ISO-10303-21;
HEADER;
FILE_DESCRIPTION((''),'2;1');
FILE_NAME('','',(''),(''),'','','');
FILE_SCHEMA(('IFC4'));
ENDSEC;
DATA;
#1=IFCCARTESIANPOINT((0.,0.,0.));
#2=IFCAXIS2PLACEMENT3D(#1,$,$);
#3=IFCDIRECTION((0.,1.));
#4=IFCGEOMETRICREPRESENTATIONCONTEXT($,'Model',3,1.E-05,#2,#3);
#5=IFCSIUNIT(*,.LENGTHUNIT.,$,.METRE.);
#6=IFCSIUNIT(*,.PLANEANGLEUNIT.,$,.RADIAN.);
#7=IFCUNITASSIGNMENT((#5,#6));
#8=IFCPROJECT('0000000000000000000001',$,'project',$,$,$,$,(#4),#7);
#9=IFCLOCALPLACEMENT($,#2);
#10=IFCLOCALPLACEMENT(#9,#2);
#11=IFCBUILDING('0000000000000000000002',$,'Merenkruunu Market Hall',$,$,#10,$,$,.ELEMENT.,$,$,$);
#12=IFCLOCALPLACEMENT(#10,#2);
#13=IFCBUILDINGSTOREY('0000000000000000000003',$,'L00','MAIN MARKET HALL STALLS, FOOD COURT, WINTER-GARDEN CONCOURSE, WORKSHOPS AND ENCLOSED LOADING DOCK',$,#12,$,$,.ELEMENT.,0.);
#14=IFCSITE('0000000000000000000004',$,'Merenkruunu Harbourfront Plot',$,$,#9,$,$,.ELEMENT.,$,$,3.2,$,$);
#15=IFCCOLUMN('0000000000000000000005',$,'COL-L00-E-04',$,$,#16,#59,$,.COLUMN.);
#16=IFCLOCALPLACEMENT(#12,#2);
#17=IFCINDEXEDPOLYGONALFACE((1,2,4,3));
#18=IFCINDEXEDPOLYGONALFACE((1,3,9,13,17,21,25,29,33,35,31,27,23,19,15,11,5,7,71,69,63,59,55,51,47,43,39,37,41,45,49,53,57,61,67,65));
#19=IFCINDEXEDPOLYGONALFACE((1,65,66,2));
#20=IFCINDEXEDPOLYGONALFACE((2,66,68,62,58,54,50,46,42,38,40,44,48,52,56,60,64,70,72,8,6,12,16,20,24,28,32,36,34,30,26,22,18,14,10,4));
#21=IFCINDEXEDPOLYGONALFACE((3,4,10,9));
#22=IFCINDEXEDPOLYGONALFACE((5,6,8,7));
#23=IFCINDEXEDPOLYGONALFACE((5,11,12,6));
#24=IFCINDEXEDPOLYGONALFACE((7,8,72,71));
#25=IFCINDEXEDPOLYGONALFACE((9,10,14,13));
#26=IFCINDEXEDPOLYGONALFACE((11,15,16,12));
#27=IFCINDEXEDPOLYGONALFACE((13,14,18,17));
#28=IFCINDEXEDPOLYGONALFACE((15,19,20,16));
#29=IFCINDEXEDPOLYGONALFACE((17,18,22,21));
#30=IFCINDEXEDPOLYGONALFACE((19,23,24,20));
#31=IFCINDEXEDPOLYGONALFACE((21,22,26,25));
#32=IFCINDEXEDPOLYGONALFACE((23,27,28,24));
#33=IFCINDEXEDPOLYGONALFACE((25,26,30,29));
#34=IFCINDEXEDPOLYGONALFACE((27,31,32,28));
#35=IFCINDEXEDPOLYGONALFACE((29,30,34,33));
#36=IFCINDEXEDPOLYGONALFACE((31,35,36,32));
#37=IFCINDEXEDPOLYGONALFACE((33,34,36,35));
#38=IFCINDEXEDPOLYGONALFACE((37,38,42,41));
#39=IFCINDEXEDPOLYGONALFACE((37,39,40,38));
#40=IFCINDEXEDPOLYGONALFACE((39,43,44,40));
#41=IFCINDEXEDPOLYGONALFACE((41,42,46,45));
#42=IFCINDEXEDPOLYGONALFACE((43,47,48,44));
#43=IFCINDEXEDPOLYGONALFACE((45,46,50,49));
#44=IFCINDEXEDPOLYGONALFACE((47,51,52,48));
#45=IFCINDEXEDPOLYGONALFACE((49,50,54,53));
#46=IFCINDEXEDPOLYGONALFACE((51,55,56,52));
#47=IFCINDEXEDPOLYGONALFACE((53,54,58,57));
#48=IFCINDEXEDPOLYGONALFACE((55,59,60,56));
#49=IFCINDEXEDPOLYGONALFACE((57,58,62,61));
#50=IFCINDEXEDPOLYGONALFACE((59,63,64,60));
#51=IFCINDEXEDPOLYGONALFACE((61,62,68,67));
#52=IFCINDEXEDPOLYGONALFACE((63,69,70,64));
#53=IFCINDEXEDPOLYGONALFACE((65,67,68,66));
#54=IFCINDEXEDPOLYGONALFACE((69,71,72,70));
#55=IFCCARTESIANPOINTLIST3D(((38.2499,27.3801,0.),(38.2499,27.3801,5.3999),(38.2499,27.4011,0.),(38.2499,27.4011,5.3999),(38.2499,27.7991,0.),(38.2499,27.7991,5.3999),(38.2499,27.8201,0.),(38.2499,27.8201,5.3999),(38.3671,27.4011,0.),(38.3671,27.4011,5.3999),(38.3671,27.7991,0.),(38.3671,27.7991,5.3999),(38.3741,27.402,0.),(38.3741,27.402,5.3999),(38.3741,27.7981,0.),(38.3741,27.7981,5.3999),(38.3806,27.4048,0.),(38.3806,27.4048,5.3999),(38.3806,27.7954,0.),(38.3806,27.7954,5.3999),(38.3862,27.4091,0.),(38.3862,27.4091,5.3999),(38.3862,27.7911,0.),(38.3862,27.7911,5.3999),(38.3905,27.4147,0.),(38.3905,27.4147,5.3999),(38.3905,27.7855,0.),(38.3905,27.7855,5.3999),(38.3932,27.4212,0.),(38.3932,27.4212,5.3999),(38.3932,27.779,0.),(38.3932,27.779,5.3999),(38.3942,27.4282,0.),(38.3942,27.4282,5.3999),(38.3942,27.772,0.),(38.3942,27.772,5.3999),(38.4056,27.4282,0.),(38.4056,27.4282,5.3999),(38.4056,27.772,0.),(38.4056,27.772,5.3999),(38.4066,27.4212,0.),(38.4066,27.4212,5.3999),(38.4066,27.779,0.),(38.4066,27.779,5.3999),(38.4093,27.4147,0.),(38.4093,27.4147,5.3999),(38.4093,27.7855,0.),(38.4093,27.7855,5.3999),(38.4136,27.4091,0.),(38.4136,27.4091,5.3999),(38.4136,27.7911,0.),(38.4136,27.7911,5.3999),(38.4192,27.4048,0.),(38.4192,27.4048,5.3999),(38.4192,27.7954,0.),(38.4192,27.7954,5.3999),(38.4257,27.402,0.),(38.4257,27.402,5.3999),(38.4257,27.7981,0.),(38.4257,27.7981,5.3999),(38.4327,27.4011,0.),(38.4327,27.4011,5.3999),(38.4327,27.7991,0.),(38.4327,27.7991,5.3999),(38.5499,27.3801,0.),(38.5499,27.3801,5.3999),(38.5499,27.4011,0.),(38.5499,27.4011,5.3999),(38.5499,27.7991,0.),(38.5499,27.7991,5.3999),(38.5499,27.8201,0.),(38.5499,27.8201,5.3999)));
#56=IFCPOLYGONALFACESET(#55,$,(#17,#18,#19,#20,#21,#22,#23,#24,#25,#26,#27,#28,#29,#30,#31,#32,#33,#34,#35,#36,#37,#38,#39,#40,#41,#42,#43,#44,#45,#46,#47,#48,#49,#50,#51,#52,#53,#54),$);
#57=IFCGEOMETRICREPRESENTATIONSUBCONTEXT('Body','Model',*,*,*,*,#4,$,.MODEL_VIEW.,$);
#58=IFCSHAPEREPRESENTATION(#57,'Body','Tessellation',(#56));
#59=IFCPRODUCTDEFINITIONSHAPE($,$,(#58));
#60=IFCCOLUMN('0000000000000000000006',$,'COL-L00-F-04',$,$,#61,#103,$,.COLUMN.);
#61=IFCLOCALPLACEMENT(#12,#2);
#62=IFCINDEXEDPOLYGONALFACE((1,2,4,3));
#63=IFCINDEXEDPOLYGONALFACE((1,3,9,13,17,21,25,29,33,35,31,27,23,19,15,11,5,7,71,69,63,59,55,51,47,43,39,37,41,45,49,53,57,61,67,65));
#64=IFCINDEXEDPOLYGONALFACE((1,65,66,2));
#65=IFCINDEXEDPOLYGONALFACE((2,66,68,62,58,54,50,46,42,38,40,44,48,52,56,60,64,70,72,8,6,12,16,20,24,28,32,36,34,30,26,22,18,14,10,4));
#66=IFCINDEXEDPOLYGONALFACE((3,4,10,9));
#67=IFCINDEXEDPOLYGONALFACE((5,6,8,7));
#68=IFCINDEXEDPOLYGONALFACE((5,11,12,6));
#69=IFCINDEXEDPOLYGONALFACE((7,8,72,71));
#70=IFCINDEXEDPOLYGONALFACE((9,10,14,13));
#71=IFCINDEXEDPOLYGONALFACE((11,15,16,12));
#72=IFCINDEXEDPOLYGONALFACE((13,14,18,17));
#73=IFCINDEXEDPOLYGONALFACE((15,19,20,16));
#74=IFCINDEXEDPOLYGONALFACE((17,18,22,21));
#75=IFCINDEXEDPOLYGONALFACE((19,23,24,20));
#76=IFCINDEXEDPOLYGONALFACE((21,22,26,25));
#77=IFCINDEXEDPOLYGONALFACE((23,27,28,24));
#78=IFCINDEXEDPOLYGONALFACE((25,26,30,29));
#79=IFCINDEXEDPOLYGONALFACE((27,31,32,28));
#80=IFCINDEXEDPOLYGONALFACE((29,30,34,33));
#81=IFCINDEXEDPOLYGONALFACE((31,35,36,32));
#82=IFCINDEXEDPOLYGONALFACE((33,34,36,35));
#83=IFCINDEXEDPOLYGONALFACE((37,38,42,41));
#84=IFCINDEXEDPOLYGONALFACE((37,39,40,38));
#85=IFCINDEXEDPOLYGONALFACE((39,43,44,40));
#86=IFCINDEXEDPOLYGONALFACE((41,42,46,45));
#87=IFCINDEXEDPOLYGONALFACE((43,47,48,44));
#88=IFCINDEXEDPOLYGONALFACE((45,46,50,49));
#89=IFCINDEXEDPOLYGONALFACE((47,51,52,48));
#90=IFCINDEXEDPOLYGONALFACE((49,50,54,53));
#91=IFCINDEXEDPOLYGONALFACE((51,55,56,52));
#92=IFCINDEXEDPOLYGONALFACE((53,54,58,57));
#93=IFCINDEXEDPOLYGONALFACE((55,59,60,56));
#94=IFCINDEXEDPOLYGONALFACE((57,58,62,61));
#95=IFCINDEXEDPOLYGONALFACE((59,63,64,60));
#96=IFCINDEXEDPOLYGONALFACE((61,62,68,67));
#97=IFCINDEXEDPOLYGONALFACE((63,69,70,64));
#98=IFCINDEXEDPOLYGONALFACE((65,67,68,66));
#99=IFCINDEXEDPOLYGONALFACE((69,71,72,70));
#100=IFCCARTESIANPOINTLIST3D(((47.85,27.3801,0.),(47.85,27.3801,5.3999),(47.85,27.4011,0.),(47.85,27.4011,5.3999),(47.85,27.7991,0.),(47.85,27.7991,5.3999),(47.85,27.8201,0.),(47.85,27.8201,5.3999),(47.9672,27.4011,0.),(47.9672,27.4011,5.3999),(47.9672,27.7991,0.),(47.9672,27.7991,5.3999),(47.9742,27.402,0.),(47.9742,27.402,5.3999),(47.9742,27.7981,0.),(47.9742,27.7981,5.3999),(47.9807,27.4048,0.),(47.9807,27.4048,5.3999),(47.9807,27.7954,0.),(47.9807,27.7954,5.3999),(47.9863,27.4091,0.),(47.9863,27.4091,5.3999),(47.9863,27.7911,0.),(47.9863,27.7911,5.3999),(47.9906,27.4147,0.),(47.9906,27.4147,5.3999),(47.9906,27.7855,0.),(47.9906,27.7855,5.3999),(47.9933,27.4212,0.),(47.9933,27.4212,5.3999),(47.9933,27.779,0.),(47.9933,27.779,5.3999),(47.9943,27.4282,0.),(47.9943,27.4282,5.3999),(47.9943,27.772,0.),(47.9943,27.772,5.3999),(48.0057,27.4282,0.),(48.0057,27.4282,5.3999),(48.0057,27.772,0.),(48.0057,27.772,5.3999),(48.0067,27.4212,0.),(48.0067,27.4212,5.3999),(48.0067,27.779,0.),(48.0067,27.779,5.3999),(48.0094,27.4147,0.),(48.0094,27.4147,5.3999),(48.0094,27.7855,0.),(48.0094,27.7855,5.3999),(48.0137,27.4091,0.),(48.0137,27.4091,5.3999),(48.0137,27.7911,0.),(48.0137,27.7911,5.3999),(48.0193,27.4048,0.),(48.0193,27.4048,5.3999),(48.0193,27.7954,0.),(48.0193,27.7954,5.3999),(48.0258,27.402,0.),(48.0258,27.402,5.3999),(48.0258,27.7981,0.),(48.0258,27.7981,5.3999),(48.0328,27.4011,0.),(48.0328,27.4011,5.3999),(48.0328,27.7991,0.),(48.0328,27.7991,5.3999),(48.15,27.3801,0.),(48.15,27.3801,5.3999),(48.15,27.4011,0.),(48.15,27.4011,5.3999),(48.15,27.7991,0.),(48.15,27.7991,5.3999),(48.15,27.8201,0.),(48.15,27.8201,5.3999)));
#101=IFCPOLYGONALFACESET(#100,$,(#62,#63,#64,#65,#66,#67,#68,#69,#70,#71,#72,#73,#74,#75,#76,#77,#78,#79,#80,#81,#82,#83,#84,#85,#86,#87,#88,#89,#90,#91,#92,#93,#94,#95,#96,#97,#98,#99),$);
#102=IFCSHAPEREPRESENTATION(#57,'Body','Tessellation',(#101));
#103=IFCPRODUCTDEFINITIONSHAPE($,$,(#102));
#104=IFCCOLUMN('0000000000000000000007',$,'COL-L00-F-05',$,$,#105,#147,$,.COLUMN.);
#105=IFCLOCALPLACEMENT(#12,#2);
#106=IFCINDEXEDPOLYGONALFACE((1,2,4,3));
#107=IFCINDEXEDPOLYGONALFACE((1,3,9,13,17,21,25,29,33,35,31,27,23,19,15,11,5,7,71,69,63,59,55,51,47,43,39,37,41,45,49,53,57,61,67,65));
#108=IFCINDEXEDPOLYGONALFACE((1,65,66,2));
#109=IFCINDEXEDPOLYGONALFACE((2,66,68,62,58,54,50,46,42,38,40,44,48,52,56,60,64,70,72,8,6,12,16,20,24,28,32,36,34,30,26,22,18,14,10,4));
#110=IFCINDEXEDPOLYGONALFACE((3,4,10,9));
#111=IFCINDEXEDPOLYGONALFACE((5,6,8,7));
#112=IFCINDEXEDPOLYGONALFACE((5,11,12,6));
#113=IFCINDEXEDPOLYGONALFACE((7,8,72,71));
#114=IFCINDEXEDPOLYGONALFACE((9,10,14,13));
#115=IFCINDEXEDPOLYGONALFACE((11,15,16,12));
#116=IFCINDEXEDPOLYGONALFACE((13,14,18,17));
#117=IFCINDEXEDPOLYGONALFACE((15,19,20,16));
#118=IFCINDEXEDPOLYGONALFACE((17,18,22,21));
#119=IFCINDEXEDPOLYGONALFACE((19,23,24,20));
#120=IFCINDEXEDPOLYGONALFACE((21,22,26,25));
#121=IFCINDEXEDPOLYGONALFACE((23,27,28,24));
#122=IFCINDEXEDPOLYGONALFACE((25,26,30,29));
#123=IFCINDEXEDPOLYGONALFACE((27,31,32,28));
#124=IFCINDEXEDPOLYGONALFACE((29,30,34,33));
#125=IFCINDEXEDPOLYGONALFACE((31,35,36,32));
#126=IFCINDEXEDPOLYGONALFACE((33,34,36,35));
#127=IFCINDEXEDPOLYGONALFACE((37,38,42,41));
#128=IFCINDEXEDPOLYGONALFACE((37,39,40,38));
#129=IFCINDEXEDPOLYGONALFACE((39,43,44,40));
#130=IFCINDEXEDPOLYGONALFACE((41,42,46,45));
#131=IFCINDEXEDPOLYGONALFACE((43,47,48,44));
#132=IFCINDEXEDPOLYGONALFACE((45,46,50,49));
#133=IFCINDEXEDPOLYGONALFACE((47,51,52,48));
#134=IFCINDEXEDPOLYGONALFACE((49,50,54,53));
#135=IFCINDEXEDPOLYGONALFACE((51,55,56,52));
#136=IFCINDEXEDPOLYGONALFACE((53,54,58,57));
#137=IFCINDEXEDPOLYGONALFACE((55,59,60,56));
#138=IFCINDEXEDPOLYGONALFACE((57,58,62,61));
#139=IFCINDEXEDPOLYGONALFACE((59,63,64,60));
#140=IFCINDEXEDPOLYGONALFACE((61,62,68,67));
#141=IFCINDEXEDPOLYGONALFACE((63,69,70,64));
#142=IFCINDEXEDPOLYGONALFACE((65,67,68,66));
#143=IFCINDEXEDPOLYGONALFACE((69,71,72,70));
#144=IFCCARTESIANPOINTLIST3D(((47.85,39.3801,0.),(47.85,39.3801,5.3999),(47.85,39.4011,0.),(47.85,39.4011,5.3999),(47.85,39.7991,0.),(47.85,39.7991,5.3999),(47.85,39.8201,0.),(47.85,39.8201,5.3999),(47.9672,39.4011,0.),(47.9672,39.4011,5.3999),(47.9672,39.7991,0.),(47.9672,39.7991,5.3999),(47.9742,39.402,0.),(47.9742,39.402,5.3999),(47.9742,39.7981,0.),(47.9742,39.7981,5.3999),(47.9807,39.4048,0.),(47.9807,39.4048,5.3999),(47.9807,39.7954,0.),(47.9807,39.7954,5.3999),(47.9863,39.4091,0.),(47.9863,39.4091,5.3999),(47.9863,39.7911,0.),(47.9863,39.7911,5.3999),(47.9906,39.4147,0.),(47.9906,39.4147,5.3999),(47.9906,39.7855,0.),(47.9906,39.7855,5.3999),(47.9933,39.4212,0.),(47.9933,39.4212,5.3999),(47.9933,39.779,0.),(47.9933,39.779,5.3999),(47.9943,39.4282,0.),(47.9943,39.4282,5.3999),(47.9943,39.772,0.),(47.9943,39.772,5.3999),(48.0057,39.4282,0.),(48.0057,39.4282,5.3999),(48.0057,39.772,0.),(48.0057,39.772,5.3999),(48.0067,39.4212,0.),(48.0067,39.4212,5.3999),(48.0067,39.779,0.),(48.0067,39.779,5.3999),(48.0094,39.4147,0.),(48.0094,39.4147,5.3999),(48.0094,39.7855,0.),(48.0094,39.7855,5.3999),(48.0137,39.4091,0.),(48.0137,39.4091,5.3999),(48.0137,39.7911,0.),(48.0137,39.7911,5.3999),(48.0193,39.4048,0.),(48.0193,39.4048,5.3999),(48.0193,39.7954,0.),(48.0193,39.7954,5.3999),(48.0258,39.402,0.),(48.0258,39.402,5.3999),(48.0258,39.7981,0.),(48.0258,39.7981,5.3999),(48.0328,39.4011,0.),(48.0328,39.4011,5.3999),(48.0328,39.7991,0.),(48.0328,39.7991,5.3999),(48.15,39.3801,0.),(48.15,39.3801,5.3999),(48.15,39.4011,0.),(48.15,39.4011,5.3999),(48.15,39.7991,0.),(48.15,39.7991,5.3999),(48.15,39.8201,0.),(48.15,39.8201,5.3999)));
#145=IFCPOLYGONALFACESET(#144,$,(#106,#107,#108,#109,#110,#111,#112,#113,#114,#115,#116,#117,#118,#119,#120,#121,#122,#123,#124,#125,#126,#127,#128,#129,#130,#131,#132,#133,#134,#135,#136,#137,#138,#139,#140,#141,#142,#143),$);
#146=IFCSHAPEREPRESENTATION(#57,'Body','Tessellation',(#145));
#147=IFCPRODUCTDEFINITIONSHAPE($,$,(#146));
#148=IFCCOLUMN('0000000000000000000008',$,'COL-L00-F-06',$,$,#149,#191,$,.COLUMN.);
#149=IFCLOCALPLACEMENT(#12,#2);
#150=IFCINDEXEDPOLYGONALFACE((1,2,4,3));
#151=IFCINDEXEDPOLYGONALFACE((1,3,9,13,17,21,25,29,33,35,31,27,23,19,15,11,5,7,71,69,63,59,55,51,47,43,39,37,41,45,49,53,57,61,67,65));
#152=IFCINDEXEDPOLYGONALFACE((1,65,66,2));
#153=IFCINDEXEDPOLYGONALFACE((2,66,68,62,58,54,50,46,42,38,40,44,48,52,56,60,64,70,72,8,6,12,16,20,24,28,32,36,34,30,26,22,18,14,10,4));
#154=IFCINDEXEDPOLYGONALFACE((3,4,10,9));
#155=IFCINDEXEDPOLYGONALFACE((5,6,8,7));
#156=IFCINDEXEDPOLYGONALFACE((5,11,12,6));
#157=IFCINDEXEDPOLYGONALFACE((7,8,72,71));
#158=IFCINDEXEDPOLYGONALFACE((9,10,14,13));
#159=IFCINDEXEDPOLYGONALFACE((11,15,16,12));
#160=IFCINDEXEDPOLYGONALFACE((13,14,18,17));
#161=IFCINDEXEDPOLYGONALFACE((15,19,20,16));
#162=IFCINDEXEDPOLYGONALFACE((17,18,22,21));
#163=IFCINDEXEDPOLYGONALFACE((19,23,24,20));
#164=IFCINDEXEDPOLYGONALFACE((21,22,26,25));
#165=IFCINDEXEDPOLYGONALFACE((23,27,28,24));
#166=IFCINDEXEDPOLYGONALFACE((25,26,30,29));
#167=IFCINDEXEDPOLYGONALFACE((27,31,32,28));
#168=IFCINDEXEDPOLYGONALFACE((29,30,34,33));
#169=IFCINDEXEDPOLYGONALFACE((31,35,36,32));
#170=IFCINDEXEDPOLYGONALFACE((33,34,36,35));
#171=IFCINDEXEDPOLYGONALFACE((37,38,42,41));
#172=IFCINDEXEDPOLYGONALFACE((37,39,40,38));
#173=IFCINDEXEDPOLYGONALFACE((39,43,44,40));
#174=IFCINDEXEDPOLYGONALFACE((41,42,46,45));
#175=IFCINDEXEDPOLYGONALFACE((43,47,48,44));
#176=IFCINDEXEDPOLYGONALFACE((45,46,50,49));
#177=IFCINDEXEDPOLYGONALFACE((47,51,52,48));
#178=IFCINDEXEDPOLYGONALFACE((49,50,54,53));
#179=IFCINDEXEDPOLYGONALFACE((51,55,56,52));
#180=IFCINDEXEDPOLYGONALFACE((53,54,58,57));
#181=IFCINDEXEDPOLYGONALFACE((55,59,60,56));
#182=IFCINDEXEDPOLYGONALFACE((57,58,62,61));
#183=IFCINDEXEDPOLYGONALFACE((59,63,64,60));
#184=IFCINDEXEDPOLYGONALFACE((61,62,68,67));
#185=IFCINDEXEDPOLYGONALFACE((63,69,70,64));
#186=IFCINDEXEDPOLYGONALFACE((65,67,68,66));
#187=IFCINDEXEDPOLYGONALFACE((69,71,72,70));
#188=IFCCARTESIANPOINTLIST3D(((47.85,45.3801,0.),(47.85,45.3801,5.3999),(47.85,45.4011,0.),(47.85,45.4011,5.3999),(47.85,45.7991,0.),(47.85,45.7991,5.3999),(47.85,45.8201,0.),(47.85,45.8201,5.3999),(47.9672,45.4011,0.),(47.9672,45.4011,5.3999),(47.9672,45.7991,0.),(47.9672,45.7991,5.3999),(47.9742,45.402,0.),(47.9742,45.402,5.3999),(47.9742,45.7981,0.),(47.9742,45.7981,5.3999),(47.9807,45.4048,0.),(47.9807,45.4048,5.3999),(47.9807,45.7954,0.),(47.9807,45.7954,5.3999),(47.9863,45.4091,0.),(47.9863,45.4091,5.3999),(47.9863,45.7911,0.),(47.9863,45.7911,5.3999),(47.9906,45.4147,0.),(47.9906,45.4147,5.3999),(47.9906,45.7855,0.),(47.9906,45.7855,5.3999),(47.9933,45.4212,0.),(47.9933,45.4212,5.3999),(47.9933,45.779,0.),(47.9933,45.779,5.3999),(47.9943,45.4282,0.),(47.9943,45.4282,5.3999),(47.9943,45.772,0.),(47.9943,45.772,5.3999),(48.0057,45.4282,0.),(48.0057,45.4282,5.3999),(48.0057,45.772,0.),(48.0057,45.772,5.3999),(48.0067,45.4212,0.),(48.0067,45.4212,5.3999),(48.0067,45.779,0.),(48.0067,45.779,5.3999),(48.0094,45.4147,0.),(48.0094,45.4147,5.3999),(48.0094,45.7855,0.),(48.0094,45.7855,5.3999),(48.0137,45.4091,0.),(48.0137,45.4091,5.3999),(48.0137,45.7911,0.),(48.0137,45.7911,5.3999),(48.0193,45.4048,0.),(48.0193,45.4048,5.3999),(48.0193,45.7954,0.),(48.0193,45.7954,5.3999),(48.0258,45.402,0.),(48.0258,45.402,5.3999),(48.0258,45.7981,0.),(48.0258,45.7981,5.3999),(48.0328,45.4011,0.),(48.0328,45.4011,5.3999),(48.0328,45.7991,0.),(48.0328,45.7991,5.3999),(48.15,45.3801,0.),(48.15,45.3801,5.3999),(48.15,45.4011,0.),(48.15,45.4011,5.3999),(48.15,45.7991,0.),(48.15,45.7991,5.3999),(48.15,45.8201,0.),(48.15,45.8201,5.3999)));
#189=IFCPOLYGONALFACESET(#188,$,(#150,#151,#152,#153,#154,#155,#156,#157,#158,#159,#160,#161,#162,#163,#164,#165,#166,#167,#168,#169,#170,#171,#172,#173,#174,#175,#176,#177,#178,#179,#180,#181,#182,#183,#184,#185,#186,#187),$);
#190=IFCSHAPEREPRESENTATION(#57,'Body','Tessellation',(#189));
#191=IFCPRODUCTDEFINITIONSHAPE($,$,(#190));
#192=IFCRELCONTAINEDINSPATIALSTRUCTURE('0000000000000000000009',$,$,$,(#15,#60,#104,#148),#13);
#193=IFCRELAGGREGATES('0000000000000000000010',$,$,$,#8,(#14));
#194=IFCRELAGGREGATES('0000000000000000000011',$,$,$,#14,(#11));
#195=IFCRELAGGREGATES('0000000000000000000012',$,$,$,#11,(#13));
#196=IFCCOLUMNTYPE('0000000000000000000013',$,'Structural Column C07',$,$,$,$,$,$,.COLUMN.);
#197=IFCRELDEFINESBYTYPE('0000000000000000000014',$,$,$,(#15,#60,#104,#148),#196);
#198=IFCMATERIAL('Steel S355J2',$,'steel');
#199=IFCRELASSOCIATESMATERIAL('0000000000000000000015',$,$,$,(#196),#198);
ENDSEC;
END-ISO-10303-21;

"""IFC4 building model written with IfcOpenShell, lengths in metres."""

from ifc_helpers import new_model, si_unit, direction, frame, origin, origin_2d, place, context, subcontext, project, spatial, i_section, extrude, material, material_profile, profile_set, type_object, element, save


model = new_model("IFC4")

# Units and contexts
model_context = context("Model", 3, precision=1e-05, world=origin(), true_north=direction((0.0, 1.0)))
body_context = subcontext(model_context, "Body", "Model", "MODEL_VIEW")
ifc_project = project(units=[si_unit("LENGTHUNIT", "METRE"), si_unit("PLANEANGLEUNIT", "RADIAN")], contexts=[model_context])

# Site, building, storey
site_placement = place(None, origin())
site = spatial("IfcSite", under=ifc_project, at=site_placement, Name="Merenkruunu Harbourfront Plot", CompositionType="ELEMENT", RefElevation=3.2)
building_placement = place(site_placement, origin())
building = spatial("IfcBuilding", under=site, at=building_placement, Name="Merenkruunu Market Hall", CompositionType="ELEMENT")
storey_placement = place(building_placement, origin())
storey = spatial("IfcBuildingStorey", under=building, at=storey_placement, Name="L00", Description="MAIN MARKET HALL STALLS, FOOD COURT, WINTER-GARDEN CONCOURSE, WORKSHOPS AND ENCLOSED LOADING DOCK", CompositionType="ELEMENT", Elevation=0.0)

# Columns
ifc_material_1 = material(Name="Steel S355J2", Category="steel")
ifc_material_profile_1 = material_profile(ifc_material_1, i_section(OverallWidth=0.3, OverallDepth=0.4399, WebThickness=0.0115, FlangeThickness=0.021, FilletRadius=0.0271, at=origin_2d()), Name="HEA 450")
ifc_profile_set_1 = profile_set([ifc_material_profile_1], Name="Steel S355J2")
column_type_1 = type_object("IfcColumnType", Name="Structural Column C07", PredefinedType="COLUMN", material=ifc_profile_set_1)
for number, where, z_axis, x_axis, name in (
    (1, (38.3999, 27.6001, 0.0), (0.0, 0.0, 1.0), (1.0, 0.0, 0.0), "COL-L00-E-04"),
    (2, (48.0, 27.6001, 0.0), (0.0, 0.0, 1.0), (1.0, 0.0, 0.0), "COL-L00-F-04"),
    (3, (48.0, 39.6001, 0.0), (0.0, 0.0, 1.0), (1.0, 0.0, 0.0), "COL-L00-F-05"),
    (4, (48.0, 45.6001, 0.0), (0.0, 0.0, 1.0), (1.0, 0.0, 0.0), "COL-L00-F-06"),
):
    element("IfcColumn", number, at=place(storey_placement, frame(where, z_axis=z_axis, x_axis=x_axis)), inside=storey, type_object=column_type_1, Name=name, PredefinedType="COLUMN", context=body_context, shape_type="SweptSolid", body=[
        extrude(i_section(OverallWidth=0.3, OverallDepth=0.4399, WebThickness=0.0115, FlangeThickness=0.021, FilletRadius=0.0271, at=origin_2d()), origin(), (0.0, 0.0, 1.0), 5.3999),
    ])

save(model, "model.ifc")
